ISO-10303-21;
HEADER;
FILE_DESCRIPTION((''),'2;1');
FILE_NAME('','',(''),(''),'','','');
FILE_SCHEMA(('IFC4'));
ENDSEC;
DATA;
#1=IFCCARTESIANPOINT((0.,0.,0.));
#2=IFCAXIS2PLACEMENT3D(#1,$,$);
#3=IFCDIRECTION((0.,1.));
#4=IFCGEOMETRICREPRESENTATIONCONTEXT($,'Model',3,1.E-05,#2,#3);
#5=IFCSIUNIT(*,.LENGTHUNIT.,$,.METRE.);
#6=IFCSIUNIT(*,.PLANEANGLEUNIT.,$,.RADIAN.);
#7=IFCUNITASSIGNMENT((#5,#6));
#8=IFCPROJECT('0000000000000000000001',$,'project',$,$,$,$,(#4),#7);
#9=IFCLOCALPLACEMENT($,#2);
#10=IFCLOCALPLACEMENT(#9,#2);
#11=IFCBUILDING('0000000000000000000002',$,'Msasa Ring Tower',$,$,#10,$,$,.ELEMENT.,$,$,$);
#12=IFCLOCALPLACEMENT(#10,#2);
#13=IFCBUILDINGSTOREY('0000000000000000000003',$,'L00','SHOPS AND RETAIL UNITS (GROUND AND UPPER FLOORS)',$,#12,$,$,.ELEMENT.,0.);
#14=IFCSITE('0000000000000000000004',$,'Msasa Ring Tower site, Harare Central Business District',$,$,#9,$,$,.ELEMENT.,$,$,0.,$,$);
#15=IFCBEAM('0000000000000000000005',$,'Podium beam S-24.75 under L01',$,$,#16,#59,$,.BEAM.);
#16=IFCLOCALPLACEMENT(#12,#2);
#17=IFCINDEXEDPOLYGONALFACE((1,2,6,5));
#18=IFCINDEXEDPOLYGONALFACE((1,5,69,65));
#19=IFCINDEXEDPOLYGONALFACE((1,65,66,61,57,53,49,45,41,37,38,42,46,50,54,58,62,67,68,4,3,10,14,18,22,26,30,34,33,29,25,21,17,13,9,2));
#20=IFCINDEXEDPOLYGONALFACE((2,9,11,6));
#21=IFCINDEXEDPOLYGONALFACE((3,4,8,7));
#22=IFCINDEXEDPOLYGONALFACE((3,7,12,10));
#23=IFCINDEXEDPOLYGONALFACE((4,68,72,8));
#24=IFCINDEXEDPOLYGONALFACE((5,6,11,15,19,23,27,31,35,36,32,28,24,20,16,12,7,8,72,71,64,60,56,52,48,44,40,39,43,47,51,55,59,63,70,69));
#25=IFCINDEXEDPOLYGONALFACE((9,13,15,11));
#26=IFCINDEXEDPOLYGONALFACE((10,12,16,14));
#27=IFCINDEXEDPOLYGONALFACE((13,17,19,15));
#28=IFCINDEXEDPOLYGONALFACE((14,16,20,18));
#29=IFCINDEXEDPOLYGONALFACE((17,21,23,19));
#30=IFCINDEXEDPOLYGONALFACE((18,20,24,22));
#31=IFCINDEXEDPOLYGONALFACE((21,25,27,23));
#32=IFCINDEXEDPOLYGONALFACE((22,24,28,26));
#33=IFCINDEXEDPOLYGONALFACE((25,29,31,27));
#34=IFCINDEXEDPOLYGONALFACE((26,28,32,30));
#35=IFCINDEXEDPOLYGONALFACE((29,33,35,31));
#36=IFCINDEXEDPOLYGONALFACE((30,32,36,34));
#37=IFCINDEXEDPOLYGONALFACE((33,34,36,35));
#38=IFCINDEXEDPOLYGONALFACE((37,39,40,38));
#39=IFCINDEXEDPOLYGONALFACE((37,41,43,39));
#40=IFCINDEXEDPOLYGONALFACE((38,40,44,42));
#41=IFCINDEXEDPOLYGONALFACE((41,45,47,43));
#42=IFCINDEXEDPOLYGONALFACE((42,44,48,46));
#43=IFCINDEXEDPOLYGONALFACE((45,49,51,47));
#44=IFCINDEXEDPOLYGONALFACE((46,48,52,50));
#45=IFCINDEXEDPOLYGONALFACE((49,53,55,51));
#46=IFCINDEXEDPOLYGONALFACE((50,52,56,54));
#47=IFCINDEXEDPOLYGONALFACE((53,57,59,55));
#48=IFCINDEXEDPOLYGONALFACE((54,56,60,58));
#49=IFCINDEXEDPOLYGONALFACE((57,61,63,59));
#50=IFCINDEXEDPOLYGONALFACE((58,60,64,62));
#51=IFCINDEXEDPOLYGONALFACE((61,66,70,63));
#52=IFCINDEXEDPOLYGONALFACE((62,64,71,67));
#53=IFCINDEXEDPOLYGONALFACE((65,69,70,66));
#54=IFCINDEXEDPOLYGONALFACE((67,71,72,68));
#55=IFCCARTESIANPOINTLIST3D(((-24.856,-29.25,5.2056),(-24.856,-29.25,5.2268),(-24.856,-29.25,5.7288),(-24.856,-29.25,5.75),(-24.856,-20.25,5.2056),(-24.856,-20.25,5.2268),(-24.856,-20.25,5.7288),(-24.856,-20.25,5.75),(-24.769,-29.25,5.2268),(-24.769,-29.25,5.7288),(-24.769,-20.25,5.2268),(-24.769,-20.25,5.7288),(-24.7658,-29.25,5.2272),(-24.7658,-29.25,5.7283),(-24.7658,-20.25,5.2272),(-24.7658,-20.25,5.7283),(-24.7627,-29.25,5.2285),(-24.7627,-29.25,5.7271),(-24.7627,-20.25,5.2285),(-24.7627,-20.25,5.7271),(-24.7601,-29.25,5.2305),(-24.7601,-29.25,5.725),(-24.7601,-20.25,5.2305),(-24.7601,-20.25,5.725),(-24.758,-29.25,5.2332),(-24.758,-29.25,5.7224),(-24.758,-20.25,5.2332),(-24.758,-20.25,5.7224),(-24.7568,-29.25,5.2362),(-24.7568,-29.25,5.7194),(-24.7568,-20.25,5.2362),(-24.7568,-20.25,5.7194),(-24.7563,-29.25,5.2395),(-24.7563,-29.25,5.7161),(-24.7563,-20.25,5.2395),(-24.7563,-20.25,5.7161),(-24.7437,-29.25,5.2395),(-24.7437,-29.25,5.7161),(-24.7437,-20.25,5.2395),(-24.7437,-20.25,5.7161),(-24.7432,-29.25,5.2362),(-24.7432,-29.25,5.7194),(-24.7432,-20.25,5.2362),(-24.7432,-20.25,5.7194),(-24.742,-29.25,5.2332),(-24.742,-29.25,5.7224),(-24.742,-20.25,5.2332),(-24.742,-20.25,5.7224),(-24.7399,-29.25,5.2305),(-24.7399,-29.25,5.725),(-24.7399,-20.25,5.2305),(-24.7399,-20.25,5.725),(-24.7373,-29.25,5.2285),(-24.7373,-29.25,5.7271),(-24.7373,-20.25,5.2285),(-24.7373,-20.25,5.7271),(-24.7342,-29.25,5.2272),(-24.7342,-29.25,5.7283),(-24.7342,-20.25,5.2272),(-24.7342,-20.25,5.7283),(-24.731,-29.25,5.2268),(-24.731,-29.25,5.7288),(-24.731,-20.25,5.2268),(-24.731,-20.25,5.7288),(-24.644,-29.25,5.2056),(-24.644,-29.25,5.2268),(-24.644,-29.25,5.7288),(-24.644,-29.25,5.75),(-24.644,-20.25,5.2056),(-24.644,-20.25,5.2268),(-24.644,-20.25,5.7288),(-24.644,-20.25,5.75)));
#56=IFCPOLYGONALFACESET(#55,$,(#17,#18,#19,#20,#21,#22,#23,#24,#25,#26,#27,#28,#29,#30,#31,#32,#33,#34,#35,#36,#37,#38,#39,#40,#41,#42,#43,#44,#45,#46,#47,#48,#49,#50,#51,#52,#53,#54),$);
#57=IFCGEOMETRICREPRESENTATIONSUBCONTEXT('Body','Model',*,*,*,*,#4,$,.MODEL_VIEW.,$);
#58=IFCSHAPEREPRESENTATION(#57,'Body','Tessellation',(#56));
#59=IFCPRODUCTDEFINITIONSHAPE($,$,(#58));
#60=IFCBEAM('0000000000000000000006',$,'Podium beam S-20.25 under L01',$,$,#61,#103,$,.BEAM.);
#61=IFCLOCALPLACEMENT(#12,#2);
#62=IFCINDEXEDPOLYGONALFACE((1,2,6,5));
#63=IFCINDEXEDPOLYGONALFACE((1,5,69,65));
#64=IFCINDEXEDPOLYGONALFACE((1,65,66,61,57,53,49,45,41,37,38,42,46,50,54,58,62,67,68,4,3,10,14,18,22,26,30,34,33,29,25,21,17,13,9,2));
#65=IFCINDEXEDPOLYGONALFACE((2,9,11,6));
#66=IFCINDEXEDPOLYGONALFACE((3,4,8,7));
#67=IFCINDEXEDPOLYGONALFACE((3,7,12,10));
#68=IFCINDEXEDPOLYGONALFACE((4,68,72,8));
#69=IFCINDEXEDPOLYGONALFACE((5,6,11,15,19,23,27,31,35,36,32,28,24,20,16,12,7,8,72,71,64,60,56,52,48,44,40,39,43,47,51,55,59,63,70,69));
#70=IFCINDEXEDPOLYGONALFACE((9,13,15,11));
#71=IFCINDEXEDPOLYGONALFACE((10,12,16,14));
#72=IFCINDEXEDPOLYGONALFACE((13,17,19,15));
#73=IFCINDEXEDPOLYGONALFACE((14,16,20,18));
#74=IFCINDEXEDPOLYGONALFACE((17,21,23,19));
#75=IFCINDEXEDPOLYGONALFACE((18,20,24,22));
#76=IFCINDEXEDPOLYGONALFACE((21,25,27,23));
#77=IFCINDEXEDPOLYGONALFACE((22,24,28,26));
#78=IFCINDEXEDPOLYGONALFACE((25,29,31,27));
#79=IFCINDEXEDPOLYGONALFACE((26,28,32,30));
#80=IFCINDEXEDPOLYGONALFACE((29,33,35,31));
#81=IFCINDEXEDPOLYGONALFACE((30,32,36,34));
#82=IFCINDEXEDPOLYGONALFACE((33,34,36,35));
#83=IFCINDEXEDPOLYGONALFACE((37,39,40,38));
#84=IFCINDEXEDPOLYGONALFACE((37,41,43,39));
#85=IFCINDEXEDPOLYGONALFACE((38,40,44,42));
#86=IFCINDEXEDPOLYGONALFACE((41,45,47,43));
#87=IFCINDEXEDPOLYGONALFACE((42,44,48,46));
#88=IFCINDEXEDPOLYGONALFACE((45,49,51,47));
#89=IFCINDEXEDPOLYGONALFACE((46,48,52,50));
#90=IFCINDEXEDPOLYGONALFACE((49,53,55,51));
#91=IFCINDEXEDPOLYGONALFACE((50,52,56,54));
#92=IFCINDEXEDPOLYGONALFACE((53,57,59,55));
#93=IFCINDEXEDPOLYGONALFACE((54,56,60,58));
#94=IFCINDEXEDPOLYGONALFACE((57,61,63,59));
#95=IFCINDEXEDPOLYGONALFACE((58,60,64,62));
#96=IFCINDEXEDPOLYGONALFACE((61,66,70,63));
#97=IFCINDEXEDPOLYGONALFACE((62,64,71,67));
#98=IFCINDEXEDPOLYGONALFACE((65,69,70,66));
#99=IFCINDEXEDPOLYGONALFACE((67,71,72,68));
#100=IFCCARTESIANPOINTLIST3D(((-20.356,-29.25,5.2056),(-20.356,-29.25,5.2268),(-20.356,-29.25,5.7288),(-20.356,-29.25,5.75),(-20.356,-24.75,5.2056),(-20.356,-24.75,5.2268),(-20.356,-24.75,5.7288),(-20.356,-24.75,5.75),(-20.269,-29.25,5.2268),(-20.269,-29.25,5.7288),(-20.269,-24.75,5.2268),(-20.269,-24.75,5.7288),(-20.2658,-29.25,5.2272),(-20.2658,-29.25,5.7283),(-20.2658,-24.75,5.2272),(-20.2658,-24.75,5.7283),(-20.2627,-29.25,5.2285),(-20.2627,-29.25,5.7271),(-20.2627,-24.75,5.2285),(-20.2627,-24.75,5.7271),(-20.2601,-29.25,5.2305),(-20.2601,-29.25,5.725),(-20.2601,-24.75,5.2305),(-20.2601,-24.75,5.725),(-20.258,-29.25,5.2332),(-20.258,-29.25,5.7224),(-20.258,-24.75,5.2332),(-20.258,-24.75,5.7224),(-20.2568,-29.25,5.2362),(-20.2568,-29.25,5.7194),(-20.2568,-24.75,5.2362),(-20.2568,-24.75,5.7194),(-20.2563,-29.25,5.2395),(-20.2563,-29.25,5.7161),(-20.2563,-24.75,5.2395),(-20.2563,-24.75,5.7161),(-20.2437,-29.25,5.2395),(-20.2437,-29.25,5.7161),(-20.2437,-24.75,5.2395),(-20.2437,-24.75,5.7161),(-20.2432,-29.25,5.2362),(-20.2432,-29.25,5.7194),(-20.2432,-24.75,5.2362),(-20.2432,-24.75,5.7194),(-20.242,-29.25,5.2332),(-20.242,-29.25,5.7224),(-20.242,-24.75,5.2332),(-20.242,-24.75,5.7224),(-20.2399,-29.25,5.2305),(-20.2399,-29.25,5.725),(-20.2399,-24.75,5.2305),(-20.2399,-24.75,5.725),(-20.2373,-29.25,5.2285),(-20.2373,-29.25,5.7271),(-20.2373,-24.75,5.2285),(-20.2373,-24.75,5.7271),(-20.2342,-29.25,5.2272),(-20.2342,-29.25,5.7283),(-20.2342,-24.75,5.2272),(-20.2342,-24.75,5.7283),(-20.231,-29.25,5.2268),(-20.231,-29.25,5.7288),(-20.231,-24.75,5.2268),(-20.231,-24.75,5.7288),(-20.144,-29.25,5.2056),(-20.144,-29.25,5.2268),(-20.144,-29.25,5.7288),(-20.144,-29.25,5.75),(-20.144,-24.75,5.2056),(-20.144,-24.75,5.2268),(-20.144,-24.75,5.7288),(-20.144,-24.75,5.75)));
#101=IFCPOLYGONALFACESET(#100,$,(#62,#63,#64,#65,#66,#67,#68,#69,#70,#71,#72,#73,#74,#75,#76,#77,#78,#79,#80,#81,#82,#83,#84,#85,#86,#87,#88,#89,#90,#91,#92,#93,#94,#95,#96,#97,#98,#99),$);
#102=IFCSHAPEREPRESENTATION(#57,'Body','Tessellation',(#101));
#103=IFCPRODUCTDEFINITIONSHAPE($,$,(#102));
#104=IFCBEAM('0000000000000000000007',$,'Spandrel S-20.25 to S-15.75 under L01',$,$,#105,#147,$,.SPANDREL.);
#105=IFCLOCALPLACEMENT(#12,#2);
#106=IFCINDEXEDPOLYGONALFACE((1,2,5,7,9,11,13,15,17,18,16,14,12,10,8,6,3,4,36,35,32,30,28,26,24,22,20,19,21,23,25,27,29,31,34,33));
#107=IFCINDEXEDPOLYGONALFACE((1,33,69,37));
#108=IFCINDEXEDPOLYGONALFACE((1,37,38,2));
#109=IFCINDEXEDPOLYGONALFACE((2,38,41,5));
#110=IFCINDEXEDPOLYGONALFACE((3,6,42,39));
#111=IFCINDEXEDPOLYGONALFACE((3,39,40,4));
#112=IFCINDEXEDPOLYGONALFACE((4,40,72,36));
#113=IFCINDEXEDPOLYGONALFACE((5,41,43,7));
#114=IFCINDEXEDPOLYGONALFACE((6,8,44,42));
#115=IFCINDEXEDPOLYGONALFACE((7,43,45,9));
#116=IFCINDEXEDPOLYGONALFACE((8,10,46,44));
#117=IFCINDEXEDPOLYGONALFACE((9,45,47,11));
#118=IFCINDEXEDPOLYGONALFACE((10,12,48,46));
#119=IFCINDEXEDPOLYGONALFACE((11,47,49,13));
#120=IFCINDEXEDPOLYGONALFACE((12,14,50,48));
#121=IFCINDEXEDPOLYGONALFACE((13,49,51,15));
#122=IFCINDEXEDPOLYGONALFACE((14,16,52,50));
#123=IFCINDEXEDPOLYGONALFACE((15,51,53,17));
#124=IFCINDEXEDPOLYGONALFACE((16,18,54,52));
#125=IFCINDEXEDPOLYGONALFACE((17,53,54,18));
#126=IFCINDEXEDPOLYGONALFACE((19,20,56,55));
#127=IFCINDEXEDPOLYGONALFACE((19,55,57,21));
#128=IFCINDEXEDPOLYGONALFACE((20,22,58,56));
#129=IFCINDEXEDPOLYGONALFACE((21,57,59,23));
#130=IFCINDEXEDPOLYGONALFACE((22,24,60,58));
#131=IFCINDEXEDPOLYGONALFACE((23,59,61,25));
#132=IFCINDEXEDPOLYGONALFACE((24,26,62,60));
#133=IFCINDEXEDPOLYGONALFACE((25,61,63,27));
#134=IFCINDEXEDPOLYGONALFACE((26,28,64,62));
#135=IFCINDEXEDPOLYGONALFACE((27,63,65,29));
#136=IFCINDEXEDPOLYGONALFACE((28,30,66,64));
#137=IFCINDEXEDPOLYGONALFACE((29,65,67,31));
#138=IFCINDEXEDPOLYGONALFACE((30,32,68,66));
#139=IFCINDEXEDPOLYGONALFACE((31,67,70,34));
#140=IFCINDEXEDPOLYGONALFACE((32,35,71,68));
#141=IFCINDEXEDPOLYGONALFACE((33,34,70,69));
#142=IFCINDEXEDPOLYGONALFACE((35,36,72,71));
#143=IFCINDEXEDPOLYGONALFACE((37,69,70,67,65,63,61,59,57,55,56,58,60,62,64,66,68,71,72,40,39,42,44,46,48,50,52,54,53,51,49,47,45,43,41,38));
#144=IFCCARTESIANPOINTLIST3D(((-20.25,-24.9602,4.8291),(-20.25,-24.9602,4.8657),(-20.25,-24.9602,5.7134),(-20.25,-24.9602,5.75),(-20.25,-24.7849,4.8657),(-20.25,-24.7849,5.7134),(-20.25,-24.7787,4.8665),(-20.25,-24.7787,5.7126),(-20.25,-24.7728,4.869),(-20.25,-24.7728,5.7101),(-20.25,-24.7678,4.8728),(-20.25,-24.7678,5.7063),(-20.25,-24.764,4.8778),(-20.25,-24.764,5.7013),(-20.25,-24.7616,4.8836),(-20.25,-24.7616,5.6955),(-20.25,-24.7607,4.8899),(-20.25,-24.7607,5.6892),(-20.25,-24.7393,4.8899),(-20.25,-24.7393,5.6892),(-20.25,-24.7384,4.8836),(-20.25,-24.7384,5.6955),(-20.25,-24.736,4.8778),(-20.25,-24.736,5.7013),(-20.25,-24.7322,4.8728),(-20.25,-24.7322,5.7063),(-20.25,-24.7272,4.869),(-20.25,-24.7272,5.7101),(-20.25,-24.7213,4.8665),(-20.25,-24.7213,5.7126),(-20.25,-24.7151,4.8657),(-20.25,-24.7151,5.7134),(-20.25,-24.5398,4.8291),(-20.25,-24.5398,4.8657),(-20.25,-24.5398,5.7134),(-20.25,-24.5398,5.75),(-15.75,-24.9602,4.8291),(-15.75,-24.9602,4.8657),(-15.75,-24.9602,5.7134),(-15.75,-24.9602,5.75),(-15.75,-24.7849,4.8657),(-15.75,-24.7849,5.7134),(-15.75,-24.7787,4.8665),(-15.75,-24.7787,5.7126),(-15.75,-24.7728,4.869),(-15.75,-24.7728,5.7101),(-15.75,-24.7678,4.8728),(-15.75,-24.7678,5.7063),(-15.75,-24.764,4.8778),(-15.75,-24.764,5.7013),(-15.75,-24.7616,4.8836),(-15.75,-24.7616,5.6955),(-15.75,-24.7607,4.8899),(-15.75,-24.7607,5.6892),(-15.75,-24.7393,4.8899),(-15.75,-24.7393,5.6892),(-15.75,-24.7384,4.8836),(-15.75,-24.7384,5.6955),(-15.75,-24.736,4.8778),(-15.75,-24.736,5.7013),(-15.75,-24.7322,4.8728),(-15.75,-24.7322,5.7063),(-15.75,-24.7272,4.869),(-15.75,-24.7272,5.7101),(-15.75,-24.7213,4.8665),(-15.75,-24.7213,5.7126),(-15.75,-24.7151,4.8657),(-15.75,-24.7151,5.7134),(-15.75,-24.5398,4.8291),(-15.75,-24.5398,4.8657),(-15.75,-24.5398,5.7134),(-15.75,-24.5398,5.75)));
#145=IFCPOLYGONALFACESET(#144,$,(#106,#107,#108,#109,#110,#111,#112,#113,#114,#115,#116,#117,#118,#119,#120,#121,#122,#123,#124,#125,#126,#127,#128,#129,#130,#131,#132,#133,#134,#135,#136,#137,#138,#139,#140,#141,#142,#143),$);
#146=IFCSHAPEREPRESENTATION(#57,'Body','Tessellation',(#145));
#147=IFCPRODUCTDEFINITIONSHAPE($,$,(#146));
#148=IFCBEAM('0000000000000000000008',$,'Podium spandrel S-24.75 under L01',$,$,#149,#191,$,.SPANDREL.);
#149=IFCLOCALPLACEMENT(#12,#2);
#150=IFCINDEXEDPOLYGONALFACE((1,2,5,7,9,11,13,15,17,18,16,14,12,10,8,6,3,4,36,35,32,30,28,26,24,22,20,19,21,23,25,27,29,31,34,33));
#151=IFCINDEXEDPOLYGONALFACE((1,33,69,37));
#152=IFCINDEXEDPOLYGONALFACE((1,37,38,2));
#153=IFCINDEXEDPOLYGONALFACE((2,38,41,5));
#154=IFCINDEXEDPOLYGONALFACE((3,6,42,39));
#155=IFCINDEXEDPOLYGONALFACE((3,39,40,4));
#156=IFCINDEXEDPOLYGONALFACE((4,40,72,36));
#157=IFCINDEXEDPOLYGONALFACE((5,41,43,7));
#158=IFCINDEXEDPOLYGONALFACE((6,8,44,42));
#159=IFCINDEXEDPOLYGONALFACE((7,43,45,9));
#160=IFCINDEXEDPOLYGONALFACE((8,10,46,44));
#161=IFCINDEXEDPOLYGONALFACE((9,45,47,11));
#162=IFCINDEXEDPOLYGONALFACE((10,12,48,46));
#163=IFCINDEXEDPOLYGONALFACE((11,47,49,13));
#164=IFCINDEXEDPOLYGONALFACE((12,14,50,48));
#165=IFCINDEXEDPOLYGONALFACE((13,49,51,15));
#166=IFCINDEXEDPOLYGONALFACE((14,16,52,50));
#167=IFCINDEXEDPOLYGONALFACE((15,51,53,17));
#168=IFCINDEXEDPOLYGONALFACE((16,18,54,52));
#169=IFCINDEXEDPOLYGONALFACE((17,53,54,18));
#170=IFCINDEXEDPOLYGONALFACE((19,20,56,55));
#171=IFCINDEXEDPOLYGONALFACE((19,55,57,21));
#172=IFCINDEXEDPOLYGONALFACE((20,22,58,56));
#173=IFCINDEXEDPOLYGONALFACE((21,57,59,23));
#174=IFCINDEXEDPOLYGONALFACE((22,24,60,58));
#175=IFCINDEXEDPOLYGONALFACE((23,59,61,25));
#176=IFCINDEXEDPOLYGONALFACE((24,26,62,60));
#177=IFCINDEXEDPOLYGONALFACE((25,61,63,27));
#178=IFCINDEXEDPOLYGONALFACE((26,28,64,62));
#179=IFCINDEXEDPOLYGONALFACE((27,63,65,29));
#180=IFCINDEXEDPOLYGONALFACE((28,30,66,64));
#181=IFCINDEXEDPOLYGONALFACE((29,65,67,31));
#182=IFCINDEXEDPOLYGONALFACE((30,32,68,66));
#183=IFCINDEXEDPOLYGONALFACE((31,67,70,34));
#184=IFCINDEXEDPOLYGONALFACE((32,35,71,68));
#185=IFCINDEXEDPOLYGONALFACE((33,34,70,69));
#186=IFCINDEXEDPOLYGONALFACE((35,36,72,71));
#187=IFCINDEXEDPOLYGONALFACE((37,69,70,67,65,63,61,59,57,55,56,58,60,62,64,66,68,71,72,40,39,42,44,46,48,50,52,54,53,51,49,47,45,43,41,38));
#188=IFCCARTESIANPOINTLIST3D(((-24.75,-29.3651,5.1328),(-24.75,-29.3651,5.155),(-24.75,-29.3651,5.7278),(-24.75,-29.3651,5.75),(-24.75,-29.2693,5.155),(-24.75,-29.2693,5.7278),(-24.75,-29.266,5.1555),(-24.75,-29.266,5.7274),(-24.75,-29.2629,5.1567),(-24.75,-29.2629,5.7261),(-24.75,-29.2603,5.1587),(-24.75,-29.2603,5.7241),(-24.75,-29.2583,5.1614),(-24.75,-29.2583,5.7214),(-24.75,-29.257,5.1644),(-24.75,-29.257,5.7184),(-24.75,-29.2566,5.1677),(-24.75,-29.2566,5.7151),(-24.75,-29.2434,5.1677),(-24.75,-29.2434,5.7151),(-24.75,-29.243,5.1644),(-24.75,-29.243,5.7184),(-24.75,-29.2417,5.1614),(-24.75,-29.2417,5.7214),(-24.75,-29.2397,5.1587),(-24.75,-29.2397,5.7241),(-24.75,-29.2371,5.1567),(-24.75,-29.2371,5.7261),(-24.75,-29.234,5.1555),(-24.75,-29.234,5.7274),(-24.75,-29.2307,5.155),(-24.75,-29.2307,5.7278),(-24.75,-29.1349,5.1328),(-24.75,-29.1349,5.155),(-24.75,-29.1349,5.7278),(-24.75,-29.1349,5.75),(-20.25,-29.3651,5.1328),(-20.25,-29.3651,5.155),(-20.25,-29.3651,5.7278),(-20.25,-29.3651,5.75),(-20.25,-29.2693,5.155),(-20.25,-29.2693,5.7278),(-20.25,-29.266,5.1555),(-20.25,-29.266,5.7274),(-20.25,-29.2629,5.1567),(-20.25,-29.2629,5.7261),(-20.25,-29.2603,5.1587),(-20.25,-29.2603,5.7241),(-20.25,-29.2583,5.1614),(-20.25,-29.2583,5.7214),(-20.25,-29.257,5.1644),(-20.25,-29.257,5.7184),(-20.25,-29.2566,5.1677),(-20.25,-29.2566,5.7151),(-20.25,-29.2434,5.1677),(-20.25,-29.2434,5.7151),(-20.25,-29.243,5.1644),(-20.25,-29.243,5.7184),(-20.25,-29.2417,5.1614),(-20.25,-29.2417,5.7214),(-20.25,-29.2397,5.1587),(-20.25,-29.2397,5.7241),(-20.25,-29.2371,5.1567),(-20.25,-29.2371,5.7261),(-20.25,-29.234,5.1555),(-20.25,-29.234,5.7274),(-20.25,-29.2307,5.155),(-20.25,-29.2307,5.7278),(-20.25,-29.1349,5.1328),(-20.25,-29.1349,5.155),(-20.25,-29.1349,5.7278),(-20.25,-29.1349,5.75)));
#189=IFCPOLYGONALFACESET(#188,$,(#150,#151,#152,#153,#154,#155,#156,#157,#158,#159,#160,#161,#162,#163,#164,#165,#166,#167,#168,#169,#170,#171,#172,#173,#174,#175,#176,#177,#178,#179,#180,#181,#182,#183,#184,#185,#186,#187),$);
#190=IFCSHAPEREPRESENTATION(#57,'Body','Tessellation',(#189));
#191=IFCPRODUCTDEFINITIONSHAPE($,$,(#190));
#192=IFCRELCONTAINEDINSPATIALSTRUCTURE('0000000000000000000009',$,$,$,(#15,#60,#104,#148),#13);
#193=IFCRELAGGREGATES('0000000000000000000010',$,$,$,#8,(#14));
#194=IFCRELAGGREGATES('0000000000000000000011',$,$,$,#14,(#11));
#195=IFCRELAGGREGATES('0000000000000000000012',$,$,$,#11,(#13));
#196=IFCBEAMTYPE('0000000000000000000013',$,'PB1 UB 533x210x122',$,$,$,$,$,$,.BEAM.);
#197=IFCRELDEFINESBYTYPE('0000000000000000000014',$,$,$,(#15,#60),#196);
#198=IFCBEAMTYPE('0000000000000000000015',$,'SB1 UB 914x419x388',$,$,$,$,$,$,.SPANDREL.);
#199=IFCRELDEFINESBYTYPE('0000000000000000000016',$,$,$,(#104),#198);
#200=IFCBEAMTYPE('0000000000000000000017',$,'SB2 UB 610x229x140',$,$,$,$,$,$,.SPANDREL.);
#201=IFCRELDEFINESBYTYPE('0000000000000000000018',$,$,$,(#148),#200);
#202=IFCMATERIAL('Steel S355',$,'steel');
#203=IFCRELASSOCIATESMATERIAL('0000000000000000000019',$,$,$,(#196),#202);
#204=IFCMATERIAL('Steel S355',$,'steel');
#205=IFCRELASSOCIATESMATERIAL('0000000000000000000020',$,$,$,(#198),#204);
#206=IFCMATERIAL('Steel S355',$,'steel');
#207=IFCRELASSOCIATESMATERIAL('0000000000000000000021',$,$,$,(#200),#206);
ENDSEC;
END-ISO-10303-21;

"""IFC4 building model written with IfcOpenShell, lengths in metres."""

from ifc_helpers import new_model, si_unit, direction, frame, origin, origin_2d, place, context, subcontext, project, spatial, i_section, extrude, material, material_profile, profile_set, type_object, element, save


model = new_model("IFC4")

# Units and contexts
model_context = context("Model", 3, precision=1e-05, world=origin(), true_north=direction((0.0, 1.0)))
body_context = subcontext(model_context, "Body", "Model", "MODEL_VIEW")
ifc_project = project(units=[si_unit("LENGTHUNIT", "METRE"), si_unit("PLANEANGLEUNIT", "RADIAN")], contexts=[model_context])

# Site, building, storey
site_placement = place(None, origin())
site = spatial("IfcSite", under=ifc_project, at=site_placement, Name="Msasa Ring Tower site, Harare Central Business District", CompositionType="ELEMENT", RefElevation=0.0)
building_placement = place(site_placement, origin())
building = spatial("IfcBuilding", under=site, at=building_placement, Name="Msasa Ring Tower", CompositionType="ELEMENT")
storey_placement = place(building_placement, origin())
storey = spatial("IfcBuildingStorey", under=building, at=storey_placement, Name="L00", Description="SHOPS AND RETAIL UNITS (GROUND AND UPPER FLOORS)", CompositionType="ELEMENT", Elevation=0.0)

# Beams
ifc_material_1 = material(Name="Steel S355", Category="steel")
ifc_material_profile_1 = material_profile(ifc_material_1, i_section(OverallWidth=0.2119, OverallDepth=0.5444, WebThickness=0.0127, FlangeThickness=0.0212, FilletRadius=0.0127, at=origin_2d()), Name="UB 533x210x122")
ifc_profile_set_1 = profile_set([ifc_material_profile_1], Name="Steel S355")
beam_type_1 = type_object("IfcBeamType", Name="PB1 UB 533x210x122", PredefinedType="BEAM", material=ifc_profile_set_1)
beam_1_placement = place(storey_placement, frame((-24.75, -29.25, 5.4778), z_axis=(0.0, 1.0, 0.0), x_axis=(-1.0, 0.0, 0.0)))
element("IfcBeam", 1, at=beam_1_placement, inside=storey, type_object=beam_type_1, Name="Podium beam S-24.75 under L01", PredefinedType="BEAM", context=body_context, shape_type="SweptSolid", body=[
    extrude(i_section(OverallWidth=0.2119, OverallDepth=0.5444, WebThickness=0.0127, FlangeThickness=0.0212, FilletRadius=0.0127, at=origin_2d()), origin(), (0.0, 0.0, 1.0), 9.0),
])
beam_2_placement = place(storey_placement, frame((-20.25, -29.25, 5.4778), z_axis=(0.0, 1.0, 0.0), x_axis=(-1.0, 0.0, 0.0)))
element("IfcBeam", 2, at=beam_2_placement, inside=storey, type_object=beam_type_1, Name="Podium beam S-20.25 under L01", PredefinedType="BEAM", context=body_context, shape_type="SweptSolid", body=[
    extrude(i_section(OverallWidth=0.2119, OverallDepth=0.5444, WebThickness=0.0127, FlangeThickness=0.0212, FilletRadius=0.0127, at=origin_2d()), origin(), (0.0, 0.0, 1.0), 4.5),
])
ifc_material_2 = material(Name="Steel S355", Category="steel")
ifc_material_profile_2 = material_profile(ifc_material_2, i_section(OverallWidth=0.4204, OverallDepth=0.9209, WebThickness=0.0215, FlangeThickness=0.0366, FilletRadius=0.0242, at=origin_2d()), Name="UB 914x419x388")
ifc_profile_set_2 = profile_set([ifc_material_profile_2], Name="Steel S355")
beam_type_2 = type_object("IfcBeamType", Name="SB1 UB 914x419x388", PredefinedType="SPANDREL", material=ifc_profile_set_2)
beam_3_placement = place(storey_placement, frame((-20.25, -24.75, 5.2896), z_axis=(1.0, 0.0, 0.0), x_axis=(0.0, 1.0, 0.0)))
element("IfcBeam", 3, at=beam_3_placement, inside=storey, type_object=beam_type_2, Name="Spandrel S-20.25 to S-15.75 under L01", PredefinedType="SPANDREL", context=body_context, shape_type="SweptSolid", body=[
    extrude(i_section(OverallWidth=0.4204, OverallDepth=0.9209, WebThickness=0.0215, FlangeThickness=0.0366, FilletRadius=0.0242, at=origin_2d()), origin(), (0.0, 0.0, 1.0), 4.5),
])
ifc_material_3 = material(Name="Steel S355", Category="steel")
ifc_material_profile_3 = material_profile(ifc_material_3, i_section(OverallWidth=0.2302, OverallDepth=0.6172, WebThickness=0.0132, FlangeThickness=0.0222, FilletRadius=0.0127, at=origin_2d()), Name="UB 610x229x140")
ifc_profile_set_3 = profile_set([ifc_material_profile_3], Name="Steel S355")
beam_type_3 = type_object("IfcBeamType", Name="SB2 UB 610x229x140", PredefinedType="SPANDREL", material=ifc_profile_set_3)
for number, where, z_axis, x_axis, name in (
    (4, (-24.75, -29.25, 5.4414), (1.0, 0.0, 0.0), (0.0, 1.0, 0.0), "Podium spandrel S-24.75 under L01"),
):
    element("IfcBeam", number, at=place(storey_placement, frame(where, z_axis=z_axis, x_axis=x_axis)), inside=storey, type_object=beam_type_3, Name=name, PredefinedType="SPANDREL", context=body_context, shape_type="SweptSolid", body=[
        extrude(i_section(OverallWidth=0.2302, OverallDepth=0.6172, WebThickness=0.0132, FlangeThickness=0.0222, FilletRadius=0.0127, at=origin_2d()), origin(), (0.0, 0.0, 1.0), 4.5),
    ])

save(model, "model.ifc")
